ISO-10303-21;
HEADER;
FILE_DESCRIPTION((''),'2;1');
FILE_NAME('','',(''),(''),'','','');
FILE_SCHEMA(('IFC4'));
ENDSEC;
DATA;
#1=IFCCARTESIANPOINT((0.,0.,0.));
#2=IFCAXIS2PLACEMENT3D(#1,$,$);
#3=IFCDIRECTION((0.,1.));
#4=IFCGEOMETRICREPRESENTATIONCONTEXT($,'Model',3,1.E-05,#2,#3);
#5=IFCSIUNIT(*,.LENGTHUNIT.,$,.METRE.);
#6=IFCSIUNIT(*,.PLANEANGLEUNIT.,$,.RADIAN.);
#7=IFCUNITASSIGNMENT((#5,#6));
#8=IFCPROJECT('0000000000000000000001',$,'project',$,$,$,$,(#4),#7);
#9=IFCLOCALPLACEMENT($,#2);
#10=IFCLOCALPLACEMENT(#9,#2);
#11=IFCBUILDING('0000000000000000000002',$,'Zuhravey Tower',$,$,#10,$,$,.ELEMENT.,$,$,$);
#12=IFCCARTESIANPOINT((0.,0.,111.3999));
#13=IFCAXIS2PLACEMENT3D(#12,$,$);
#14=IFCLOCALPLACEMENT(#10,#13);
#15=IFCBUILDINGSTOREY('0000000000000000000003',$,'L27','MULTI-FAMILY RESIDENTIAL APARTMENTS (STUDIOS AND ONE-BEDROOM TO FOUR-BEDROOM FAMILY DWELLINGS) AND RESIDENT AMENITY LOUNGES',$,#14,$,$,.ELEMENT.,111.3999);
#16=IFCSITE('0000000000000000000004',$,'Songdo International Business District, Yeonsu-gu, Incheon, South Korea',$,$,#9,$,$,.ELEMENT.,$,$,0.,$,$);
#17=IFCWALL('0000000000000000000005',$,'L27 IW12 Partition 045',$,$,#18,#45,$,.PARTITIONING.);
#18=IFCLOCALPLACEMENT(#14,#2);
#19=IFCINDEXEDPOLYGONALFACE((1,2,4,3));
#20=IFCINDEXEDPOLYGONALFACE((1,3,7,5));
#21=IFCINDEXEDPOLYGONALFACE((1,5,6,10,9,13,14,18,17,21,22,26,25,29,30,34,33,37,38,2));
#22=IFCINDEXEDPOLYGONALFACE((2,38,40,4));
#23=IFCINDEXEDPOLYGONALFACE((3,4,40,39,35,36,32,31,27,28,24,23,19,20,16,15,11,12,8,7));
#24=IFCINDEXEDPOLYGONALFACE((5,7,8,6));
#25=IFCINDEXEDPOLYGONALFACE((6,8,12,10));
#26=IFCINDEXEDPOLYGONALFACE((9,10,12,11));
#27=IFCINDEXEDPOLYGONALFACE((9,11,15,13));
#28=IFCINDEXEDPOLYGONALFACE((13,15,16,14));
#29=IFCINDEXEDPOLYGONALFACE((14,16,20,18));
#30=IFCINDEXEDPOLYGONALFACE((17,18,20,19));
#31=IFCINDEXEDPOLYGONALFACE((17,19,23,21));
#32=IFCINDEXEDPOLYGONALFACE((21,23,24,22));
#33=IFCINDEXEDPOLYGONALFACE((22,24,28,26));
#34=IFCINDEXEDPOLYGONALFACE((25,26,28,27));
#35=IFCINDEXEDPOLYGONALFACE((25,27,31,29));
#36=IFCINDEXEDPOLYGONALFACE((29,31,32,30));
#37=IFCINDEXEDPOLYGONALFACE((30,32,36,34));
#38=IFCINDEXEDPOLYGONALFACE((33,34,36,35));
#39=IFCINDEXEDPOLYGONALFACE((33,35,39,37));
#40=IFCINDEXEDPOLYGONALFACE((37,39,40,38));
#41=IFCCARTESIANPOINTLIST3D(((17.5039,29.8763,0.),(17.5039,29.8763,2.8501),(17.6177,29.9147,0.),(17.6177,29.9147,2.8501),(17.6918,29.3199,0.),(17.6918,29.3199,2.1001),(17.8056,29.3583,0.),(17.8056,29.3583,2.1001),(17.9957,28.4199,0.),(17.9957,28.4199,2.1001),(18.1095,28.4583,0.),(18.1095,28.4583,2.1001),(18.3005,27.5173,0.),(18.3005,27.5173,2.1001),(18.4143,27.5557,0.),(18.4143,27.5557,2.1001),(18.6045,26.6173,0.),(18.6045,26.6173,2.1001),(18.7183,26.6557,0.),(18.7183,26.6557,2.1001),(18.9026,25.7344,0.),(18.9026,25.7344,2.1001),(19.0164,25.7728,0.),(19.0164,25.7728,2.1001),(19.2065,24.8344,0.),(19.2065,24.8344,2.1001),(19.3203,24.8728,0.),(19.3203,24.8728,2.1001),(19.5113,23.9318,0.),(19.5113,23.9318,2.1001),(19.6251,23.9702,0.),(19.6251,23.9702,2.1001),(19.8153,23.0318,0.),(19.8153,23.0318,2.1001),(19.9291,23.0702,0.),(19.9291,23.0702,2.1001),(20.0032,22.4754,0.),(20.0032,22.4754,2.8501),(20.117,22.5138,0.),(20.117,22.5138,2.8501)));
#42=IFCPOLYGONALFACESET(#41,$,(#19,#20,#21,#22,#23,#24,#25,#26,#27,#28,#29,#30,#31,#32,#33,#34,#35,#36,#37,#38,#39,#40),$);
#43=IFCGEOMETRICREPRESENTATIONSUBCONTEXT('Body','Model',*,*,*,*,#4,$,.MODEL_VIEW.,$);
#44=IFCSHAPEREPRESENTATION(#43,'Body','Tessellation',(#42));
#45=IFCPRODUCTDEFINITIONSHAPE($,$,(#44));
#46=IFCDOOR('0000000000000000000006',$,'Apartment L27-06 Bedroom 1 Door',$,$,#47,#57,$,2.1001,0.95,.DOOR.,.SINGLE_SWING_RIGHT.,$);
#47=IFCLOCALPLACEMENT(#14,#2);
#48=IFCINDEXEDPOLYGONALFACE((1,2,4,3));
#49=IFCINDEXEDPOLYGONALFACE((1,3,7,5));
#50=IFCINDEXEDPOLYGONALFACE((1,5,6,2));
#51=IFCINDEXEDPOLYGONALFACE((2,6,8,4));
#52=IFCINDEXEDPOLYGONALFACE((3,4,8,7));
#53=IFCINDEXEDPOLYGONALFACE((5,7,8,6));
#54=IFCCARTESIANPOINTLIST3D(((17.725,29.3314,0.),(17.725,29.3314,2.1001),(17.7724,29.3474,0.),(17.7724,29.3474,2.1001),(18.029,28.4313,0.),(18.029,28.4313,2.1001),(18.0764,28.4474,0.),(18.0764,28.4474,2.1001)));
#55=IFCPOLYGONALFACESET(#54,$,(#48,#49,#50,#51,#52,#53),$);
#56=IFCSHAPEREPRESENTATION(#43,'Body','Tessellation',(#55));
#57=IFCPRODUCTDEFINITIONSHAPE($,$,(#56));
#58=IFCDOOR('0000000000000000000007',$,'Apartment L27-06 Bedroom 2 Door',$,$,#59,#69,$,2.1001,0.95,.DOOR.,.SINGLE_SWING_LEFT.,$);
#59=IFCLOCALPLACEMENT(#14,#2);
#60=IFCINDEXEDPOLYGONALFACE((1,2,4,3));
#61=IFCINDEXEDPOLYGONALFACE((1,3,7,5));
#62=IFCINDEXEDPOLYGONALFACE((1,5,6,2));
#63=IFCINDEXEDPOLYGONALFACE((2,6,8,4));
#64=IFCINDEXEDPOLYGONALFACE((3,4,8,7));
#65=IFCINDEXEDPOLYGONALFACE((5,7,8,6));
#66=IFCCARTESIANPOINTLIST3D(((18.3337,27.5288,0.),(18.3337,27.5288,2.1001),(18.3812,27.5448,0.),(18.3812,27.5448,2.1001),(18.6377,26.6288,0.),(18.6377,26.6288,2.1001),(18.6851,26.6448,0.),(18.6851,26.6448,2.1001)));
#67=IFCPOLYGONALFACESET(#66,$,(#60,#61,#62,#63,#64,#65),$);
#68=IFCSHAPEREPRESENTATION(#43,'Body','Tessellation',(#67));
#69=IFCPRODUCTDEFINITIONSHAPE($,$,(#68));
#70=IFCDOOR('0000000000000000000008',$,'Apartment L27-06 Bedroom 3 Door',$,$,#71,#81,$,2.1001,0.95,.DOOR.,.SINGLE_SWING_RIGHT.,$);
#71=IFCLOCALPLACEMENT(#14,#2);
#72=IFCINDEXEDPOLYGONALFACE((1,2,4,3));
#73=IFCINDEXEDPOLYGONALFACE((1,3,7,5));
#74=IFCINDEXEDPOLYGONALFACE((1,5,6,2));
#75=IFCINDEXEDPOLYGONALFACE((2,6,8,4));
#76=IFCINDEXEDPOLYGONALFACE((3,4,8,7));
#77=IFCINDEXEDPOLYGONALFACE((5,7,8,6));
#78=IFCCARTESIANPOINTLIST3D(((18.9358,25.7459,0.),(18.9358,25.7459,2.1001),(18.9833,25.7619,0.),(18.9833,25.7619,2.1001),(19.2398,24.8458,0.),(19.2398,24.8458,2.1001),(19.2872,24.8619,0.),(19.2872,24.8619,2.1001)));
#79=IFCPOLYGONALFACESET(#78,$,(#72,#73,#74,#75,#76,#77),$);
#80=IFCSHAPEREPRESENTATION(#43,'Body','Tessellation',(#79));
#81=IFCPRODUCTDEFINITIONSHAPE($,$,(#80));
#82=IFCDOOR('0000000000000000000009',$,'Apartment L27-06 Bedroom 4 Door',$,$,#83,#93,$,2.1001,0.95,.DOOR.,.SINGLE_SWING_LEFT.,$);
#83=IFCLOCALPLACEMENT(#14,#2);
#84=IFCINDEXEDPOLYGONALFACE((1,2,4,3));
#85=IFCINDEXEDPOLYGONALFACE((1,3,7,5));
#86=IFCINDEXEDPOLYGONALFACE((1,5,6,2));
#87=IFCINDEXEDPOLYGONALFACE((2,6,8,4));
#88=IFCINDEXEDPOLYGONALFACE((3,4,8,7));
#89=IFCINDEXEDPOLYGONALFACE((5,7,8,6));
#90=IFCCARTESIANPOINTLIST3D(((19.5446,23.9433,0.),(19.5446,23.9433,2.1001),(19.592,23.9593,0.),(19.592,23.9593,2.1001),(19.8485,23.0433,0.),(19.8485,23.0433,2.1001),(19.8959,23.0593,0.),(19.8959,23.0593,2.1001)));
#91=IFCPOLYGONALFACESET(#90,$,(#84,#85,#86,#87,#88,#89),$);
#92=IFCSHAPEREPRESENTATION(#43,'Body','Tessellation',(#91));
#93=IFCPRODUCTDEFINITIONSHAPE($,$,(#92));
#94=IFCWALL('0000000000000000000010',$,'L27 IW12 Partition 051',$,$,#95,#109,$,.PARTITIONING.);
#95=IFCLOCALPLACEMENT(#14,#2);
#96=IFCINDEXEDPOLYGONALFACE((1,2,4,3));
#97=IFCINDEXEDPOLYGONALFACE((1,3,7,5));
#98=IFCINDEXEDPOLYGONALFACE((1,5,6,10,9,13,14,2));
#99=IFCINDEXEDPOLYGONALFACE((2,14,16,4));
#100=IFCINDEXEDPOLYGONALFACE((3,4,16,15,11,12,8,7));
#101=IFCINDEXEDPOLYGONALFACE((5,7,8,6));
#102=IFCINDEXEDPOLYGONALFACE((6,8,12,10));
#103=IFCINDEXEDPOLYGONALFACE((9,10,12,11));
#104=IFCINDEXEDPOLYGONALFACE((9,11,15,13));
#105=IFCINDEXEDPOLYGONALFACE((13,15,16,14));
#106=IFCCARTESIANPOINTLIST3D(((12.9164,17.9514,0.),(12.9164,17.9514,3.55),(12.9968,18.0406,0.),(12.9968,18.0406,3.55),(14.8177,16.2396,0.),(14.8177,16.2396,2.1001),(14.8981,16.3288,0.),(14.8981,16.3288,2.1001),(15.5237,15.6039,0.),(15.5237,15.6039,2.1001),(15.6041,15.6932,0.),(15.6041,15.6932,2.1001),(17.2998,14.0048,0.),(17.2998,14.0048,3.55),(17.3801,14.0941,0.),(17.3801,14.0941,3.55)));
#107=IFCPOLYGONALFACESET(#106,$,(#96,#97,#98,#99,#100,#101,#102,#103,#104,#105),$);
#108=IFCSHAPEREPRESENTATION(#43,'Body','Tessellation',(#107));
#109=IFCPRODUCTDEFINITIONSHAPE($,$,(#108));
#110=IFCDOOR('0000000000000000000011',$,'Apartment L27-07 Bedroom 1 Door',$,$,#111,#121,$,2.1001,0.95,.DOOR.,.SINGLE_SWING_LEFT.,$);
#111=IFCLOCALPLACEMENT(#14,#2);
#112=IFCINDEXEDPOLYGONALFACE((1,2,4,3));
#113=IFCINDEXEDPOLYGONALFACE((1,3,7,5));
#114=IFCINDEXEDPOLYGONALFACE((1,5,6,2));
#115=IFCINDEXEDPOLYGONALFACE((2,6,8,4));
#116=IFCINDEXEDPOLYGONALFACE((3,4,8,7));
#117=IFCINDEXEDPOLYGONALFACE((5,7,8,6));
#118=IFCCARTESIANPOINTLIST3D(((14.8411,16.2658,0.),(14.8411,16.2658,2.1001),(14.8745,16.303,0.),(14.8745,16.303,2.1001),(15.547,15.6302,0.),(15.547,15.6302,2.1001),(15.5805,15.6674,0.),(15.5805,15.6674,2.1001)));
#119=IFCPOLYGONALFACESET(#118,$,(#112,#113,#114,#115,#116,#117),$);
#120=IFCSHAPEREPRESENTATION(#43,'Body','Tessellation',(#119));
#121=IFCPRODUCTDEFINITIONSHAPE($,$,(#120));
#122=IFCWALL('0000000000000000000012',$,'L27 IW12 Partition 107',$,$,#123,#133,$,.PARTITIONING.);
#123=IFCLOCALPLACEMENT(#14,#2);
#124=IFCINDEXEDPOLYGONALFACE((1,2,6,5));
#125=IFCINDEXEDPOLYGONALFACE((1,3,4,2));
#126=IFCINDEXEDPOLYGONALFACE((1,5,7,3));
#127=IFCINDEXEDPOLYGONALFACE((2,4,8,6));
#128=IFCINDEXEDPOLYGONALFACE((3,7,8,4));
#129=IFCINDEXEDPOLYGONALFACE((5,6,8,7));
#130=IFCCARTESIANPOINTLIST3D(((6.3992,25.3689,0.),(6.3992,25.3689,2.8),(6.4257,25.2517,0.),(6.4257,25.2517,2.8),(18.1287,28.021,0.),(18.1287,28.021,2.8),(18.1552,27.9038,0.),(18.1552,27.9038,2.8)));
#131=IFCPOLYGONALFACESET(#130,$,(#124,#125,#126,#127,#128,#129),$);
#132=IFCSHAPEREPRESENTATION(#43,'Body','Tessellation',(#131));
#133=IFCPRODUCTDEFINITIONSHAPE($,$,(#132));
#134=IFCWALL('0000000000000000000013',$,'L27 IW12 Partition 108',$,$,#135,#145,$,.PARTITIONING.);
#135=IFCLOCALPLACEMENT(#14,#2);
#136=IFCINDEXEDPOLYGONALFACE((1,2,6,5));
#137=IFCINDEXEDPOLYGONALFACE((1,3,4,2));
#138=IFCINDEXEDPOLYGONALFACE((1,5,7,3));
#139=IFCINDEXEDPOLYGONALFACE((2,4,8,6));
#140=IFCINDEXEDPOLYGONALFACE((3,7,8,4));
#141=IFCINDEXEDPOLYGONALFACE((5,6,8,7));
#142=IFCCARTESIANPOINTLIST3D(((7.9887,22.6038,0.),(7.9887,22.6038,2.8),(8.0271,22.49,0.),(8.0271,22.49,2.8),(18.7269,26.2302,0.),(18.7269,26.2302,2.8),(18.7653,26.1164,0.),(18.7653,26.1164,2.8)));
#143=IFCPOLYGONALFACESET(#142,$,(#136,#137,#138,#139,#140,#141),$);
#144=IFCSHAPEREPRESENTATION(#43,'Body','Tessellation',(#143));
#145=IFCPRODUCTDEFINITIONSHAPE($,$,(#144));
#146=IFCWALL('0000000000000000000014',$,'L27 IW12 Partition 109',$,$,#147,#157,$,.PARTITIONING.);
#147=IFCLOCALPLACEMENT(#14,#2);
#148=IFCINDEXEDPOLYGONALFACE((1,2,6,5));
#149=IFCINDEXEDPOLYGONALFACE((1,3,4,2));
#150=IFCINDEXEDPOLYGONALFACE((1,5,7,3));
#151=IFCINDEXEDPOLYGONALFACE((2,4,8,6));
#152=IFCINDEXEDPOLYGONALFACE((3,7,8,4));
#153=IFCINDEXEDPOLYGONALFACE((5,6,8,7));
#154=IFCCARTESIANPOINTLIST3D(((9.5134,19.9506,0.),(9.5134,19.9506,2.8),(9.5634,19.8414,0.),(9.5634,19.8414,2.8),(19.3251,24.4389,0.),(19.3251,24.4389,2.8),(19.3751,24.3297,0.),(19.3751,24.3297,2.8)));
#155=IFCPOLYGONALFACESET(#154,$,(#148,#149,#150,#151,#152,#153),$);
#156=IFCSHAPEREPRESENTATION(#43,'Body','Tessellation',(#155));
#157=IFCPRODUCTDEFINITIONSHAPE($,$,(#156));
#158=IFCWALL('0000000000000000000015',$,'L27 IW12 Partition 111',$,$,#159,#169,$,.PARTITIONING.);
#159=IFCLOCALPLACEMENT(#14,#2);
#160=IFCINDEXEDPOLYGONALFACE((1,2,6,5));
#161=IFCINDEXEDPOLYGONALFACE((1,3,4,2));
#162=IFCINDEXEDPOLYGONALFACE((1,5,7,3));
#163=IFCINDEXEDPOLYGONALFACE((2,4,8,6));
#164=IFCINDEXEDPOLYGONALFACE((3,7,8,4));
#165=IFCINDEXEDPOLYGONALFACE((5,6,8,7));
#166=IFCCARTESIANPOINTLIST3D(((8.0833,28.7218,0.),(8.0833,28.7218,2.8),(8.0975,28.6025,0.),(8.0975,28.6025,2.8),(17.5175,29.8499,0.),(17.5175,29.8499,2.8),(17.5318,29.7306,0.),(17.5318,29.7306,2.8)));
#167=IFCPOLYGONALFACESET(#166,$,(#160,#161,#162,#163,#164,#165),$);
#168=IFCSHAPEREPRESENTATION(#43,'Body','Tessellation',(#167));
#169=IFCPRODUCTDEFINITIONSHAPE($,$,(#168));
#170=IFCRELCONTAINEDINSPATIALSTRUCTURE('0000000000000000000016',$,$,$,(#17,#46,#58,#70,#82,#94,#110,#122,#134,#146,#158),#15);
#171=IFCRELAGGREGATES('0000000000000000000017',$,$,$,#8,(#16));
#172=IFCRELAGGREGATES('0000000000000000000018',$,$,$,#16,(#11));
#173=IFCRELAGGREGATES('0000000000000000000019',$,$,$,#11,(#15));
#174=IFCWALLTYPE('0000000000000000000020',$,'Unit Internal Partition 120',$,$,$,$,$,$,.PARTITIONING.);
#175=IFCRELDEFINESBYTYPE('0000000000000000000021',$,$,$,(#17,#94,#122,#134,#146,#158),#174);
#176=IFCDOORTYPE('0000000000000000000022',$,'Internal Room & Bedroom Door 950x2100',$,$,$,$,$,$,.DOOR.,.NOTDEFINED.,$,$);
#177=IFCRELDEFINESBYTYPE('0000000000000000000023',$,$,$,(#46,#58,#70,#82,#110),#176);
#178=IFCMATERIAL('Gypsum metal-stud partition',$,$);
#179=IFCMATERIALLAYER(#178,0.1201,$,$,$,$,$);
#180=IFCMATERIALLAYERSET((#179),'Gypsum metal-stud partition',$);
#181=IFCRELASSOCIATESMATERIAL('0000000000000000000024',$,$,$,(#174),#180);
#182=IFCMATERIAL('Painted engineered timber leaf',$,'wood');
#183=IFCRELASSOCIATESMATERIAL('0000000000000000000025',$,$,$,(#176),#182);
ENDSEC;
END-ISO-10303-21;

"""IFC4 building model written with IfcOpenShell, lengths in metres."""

from ifc_helpers import new_model, si_unit, direction, frame, frame_2d, origin, place, context, subcontext, project, spatial, rectangle, extrude, material, layer, layer_set, type_object, element, fill, save


model = new_model("IFC4")

# Units and contexts
model_context = context("Model", 3, precision=1e-05, world=origin(), true_north=direction((0.0, 1.0)))
body_context = subcontext(model_context, "Body", "Model", "MODEL_VIEW")
ifc_project = project(units=[si_unit("LENGTHUNIT", "METRE"), si_unit("PLANEANGLEUNIT", "RADIAN")], contexts=[model_context])

# Site, building, storey
site_placement = place(None, origin())
site = spatial("IfcSite", under=ifc_project, at=site_placement, Name="Songdo International Business District, Yeonsu-gu, Incheon, South Korea", CompositionType="ELEMENT", RefElevation=0.0)
building_placement = place(site_placement, origin())
building = spatial("IfcBuilding", under=site, at=building_placement, Name="Zuhravey Tower", CompositionType="ELEMENT")
storey_placement = place(building_placement, frame((0.0, 0.0, 111.3999)))
storey = spatial("IfcBuildingStorey", under=building, at=storey_placement, Name="L27", Description="MULTI-FAMILY RESIDENTIAL APARTMENTS (STUDIOS AND ONE-BEDROOM TO FOUR-BEDROOM FAMILY DWELLINGS) AND RESIDENT AMENITY LOUNGES", CompositionType="ELEMENT", Elevation=111.3999)

# Wall, openings, doors
ifc_material_1 = material(Name="Gypsum metal-stud partition")
ifc_layer_1 = layer(ifc_material_1, 0.1201)
ifc_layer_set_1 = layer_set([ifc_layer_1], Name="Gypsum metal-stud partition")
wall_type_1 = type_object("IfcWallType", Name="Unit Internal Partition 120", PredefinedType="PARTITIONING", material=ifc_layer_set_1)
ifc_material_2 = material(Name="Painted engineered timber leaf", Category="wood")
door_type_1 = type_object("IfcDoorType", Name="Internal Room & Bedroom Door 950x2100", OperationType="NOTDEFINED", PredefinedType="DOOR", material=ifc_material_2)
wall_1_placement = place(storey_placement, frame((17.5608, 29.8955, 0.0), z_axis=(0.0, 0.0, 1.0), x_axis=(0.319948, -0.947435, 0.0)))
wall_1 = element("IfcWall", 1, at=wall_1_placement, inside=storey, type_object=wall_type_1, Name="L27 IW12 Partition 045", PredefinedType="PARTITIONING", context=body_context, shape_type="SweptSolid", body=[
    extrude(rectangle(XDim=7.8115, YDim=0.1201, at=frame_2d((3.9058, 0.0))), origin(), (0.0, 0.0, 1.0), 2.8501),
])
opening_1_placement = place(wall_1_placement, frame((0.5872, 0.0, 0.0)))
opening_1 = element("IfcOpeningElement", 2, at=opening_1_placement, cuts=wall_1, PredefinedType="OPENING", context=body_context, shape_type="SweptSolid", body=[
    extrude(rectangle(XDim=0.95, YDim=2.1001, at=frame_2d((0.4751, 1.05))), frame((0.0, 0.072, 0.0), z_axis=(0.0, -1.0, 0.0), x_axis=(1.0, 0.0, 0.0)), (0.0, 0.0, 1.0), 0.144),
])
opening_2_placement = place(wall_1_placement, frame((2.4897, 0.0, 0.0)))
opening_2 = element("IfcOpeningElement", 3, at=opening_2_placement, cuts=wall_1, PredefinedType="OPENING", context=body_context, shape_type="SweptSolid", body=[
    extrude(rectangle(XDim=0.95, YDim=2.1001, at=frame_2d((0.4751, 1.05))), frame((0.0, 0.072, 0.0), z_axis=(0.0, -1.0, 0.0), x_axis=(1.0, 0.0, 0.0)), (0.0, 0.0, 1.0), 0.144),
])
opening_3_placement = place(wall_1_placement, frame((4.3716, 0.0, 0.0)))
opening_3 = element("IfcOpeningElement", 4, at=opening_3_placement, cuts=wall_1, PredefinedType="OPENING", context=body_context, shape_type="SweptSolid", body=[
    extrude(rectangle(XDim=0.95, YDim=2.1001, at=frame_2d((0.4751, 1.05))), frame((0.0, 0.072, 0.0), z_axis=(0.0, -1.0, 0.0), x_axis=(1.0, 0.0, 0.0)), (0.0, 0.0, 1.0), 0.144),
])
opening_4_placement = place(wall_1_placement, frame((6.2742, 0.0, 0.0)))
opening_4 = element("IfcOpeningElement", 5, at=opening_4_placement, cuts=wall_1, PredefinedType="OPENING", context=body_context, shape_type="SweptSolid", body=[
    extrude(rectangle(XDim=0.95, YDim=2.1001, at=frame_2d((0.4751, 1.05))), frame((0.0, 0.072, 0.0), z_axis=(0.0, -1.0, 0.0), x_axis=(1.0, 0.0, 0.0)), (0.0, 0.0, 1.0), 0.144),
])
door_1_placement = place(opening_1_placement, frame((0.95, 0.0, 0.0), z_axis=(0.0, 0.0, 1.0), x_axis=(-1.0, 0.0, 0.0)))
door_1 = element("IfcDoor", 6, at=door_1_placement, inside=storey, type_object=door_type_1, Name="Apartment L27-06 Bedroom 1 Door", OperationType="SINGLE_SWING_RIGHT", OverallHeight=2.1001, OverallWidth=0.95, PredefinedType="DOOR", context=body_context, shape_type="SweptSolid", body=[
    extrude(rectangle(XDim=0.95, YDim=2.1001, at=frame_2d((0.4751, 1.05))), frame((0.0, 0.0249, 0.0), z_axis=(0.0, -1.0, 0.0), x_axis=(1.0, 0.0, 0.0)), (0.0, 0.0, 1.0), 0.05),
])
fill(opening_1, door_1)
door_2_placement = place(opening_2_placement, frame((0.95, 0.0, 0.0), z_axis=(0.0, 0.0, 1.0), x_axis=(-1.0, 0.0, 0.0)))
door_2 = element("IfcDoor", 7, at=door_2_placement, inside=storey, type_object=door_type_1, Name="Apartment L27-06 Bedroom 2 Door", OperationType="SINGLE_SWING_LEFT", OverallHeight=2.1001, OverallWidth=0.95, PredefinedType="DOOR", context=body_context, shape_type="SweptSolid", body=[
    extrude(rectangle(XDim=0.95, YDim=2.1001, at=frame_2d((0.4751, 1.05))), frame((0.0, 0.0249, 0.0), z_axis=(0.0, -1.0, 0.0), x_axis=(1.0, 0.0, 0.0)), (0.0, 0.0, 1.0), 0.05),
])
fill(opening_2, door_2)
door_3_placement = place(opening_3_placement, frame((0.95, 0.0, 0.0), z_axis=(0.0, 0.0, 1.0), x_axis=(-1.0, 0.0, 0.0)))
door_3 = element("IfcDoor", 8, at=door_3_placement, inside=storey, type_object=door_type_1, Name="Apartment L27-06 Bedroom 3 Door", OperationType="SINGLE_SWING_RIGHT", OverallHeight=2.1001, OverallWidth=0.95, PredefinedType="DOOR", context=body_context, shape_type="SweptSolid", body=[
    extrude(rectangle(XDim=0.95, YDim=2.1001, at=frame_2d((0.4751, 1.05))), frame((0.0, 0.0249, 0.0), z_axis=(0.0, -1.0, 0.0), x_axis=(1.0, 0.0, 0.0)), (0.0, 0.0, 1.0), 0.05),
])
fill(opening_3, door_3)
door_4_placement = place(opening_4_placement, frame((0.95, 0.0, 0.0), z_axis=(0.0, 0.0, 1.0), x_axis=(-1.0, 0.0, 0.0)))
door_4 = element("IfcDoor", 9, at=door_4_placement, inside=storey, type_object=door_type_1, Name="Apartment L27-06 Bedroom 4 Door", OperationType="SINGLE_SWING_LEFT", OverallHeight=2.1001, OverallWidth=0.95, PredefinedType="DOOR", context=body_context, shape_type="SweptSolid", body=[
    extrude(rectangle(XDim=0.95, YDim=2.1001, at=frame_2d((0.4751, 1.05))), frame((0.0, 0.0249, 0.0), z_axis=(0.0, -1.0, 0.0), x_axis=(1.0, 0.0, 0.0)), (0.0, 0.0, 1.0), 0.05),
])
fill(opening_4, door_4)

# Wall, opening, door
wall_2_placement = place(storey_placement, frame((12.9565, 17.9961, 0.0), z_axis=(0.0, 0.0, 1.0), x_axis=(0.743162, -0.669111, 0.0)))
wall_2 = element("IfcWall", 10, at=wall_2_placement, inside=storey, type_object=wall_type_1, Name="L27 IW12 Partition 051", PredefinedType="PARTITIONING", context=body_context, shape_type="SweptSolid", body=[
    extrude(rectangle(XDim=5.8982, YDim=0.1201, at=frame_2d((2.9492, 0.0))), origin(), (0.0, 0.0, 1.0), 3.55),
])
opening_5_placement = place(wall_2_placement, frame((2.5583, 0.0, 0.0)))
opening_5 = element("IfcOpeningElement", 11, at=opening_5_placement, cuts=wall_2, PredefinedType="OPENING", context=body_context, shape_type="SweptSolid", body=[
    extrude(rectangle(XDim=0.95, YDim=2.1001, at=frame_2d((0.4751, 1.05))), frame((0.0, 0.072, 0.0), z_axis=(0.0, -1.0, 0.0), x_axis=(1.0, 0.0, 0.0)), (0.0, 0.0, 1.0), 0.144),
])
door_5_placement = place(opening_5_placement, frame((0.95, 0.0, 0.0), z_axis=(0.0, 0.0, 1.0), x_axis=(-1.0, 0.0, 0.0)))
door_5 = element("IfcDoor", 12, at=door_5_placement, inside=storey, type_object=door_type_1, Name="Apartment L27-07 Bedroom 1 Door", OperationType="SINGLE_SWING_LEFT", OverallHeight=2.1001, OverallWidth=0.95, PredefinedType="DOOR", context=body_context, shape_type="SweptSolid", body=[
    extrude(rectangle(XDim=0.95, YDim=2.1001, at=frame_2d((0.4751, 1.05))), frame((0.0, 0.0249, 0.0), z_axis=(0.0, -1.0, 0.0), x_axis=(1.0, 0.0, 0.0)), (0.0, 0.0, 1.0), 0.05),
])
fill(opening_5, door_5)

# Walls
wall_3_placement = place(storey_placement, frame((18.1418, 27.9624, 0.0), z_axis=(0.0, 0.0, 1.0), x_axis=(-0.975378, -0.220538, 0.0)))
element("IfcWall", 13, at=wall_3_placement, inside=storey, type_object=wall_type_1, Name="L27 IW12 Partition 107", PredefinedType="PARTITIONING", context=body_context, shape_type="SweptSolid", body=[
    extrude(rectangle(XDim=12.0256, YDim=0.1201, at=frame_2d((6.0127, 0.0))), origin(), (0.0, 0.0, 1.0), 2.8),
])
wall_4_placement = place(storey_placement, frame((18.7461, 26.1733, 0.0), z_axis=(0.0, 0.0, 1.0), x_axis=(-0.947431, -0.31996, 0.0)))
element("IfcWall", 14, at=wall_4_placement, inside=storey, type_object=wall_type_1, Name="L27 IW12 Partition 108", PredefinedType="PARTITIONING", context=body_context, shape_type="SweptSolid", body=[
    extrude(rectangle(XDim=11.334, YDim=0.1201, at=frame_2d((5.667, 0.0))), origin(), (0.0, 0.0, 1.0), 2.8),
])
wall_5_placement = place(storey_placement, frame((19.3501, 24.3843, 0.0), z_axis=(0.0, 0.0, 1.0), x_axis=(-0.909373, -0.415982, 0.0)))
element("IfcWall", 15, at=wall_5_placement, inside=storey, type_object=wall_type_1, Name="L27 IW12 Partition 109", PredefinedType="PARTITIONING", context=body_context, shape_type="SweptSolid", body=[
    extrude(rectangle(XDim=10.7896, YDim=0.1201, at=frame_2d((5.3948, 0.0))), origin(), (0.0, 0.0, 1.0), 2.8),
])
wall_6_placement = place(storey_placement, frame((17.5247, 29.7903, 0.0), z_axis=(0.0, 0.0, 1.0), x_axis=(-0.992926, -0.118736, 0.0)))
element("IfcWall", 16, at=wall_6_placement, inside=storey, type_object=wall_type_1, Name="L27 IW12 Partition 111", PredefinedType="PARTITIONING", context=body_context, shape_type="SweptSolid", body=[
    extrude(rectangle(XDim=9.5015, YDim=0.1201, at=frame_2d((4.7507, 0.0))), origin(), (0.0, 0.0, 1.0), 2.8),
])

save(model, "model.ifc")
